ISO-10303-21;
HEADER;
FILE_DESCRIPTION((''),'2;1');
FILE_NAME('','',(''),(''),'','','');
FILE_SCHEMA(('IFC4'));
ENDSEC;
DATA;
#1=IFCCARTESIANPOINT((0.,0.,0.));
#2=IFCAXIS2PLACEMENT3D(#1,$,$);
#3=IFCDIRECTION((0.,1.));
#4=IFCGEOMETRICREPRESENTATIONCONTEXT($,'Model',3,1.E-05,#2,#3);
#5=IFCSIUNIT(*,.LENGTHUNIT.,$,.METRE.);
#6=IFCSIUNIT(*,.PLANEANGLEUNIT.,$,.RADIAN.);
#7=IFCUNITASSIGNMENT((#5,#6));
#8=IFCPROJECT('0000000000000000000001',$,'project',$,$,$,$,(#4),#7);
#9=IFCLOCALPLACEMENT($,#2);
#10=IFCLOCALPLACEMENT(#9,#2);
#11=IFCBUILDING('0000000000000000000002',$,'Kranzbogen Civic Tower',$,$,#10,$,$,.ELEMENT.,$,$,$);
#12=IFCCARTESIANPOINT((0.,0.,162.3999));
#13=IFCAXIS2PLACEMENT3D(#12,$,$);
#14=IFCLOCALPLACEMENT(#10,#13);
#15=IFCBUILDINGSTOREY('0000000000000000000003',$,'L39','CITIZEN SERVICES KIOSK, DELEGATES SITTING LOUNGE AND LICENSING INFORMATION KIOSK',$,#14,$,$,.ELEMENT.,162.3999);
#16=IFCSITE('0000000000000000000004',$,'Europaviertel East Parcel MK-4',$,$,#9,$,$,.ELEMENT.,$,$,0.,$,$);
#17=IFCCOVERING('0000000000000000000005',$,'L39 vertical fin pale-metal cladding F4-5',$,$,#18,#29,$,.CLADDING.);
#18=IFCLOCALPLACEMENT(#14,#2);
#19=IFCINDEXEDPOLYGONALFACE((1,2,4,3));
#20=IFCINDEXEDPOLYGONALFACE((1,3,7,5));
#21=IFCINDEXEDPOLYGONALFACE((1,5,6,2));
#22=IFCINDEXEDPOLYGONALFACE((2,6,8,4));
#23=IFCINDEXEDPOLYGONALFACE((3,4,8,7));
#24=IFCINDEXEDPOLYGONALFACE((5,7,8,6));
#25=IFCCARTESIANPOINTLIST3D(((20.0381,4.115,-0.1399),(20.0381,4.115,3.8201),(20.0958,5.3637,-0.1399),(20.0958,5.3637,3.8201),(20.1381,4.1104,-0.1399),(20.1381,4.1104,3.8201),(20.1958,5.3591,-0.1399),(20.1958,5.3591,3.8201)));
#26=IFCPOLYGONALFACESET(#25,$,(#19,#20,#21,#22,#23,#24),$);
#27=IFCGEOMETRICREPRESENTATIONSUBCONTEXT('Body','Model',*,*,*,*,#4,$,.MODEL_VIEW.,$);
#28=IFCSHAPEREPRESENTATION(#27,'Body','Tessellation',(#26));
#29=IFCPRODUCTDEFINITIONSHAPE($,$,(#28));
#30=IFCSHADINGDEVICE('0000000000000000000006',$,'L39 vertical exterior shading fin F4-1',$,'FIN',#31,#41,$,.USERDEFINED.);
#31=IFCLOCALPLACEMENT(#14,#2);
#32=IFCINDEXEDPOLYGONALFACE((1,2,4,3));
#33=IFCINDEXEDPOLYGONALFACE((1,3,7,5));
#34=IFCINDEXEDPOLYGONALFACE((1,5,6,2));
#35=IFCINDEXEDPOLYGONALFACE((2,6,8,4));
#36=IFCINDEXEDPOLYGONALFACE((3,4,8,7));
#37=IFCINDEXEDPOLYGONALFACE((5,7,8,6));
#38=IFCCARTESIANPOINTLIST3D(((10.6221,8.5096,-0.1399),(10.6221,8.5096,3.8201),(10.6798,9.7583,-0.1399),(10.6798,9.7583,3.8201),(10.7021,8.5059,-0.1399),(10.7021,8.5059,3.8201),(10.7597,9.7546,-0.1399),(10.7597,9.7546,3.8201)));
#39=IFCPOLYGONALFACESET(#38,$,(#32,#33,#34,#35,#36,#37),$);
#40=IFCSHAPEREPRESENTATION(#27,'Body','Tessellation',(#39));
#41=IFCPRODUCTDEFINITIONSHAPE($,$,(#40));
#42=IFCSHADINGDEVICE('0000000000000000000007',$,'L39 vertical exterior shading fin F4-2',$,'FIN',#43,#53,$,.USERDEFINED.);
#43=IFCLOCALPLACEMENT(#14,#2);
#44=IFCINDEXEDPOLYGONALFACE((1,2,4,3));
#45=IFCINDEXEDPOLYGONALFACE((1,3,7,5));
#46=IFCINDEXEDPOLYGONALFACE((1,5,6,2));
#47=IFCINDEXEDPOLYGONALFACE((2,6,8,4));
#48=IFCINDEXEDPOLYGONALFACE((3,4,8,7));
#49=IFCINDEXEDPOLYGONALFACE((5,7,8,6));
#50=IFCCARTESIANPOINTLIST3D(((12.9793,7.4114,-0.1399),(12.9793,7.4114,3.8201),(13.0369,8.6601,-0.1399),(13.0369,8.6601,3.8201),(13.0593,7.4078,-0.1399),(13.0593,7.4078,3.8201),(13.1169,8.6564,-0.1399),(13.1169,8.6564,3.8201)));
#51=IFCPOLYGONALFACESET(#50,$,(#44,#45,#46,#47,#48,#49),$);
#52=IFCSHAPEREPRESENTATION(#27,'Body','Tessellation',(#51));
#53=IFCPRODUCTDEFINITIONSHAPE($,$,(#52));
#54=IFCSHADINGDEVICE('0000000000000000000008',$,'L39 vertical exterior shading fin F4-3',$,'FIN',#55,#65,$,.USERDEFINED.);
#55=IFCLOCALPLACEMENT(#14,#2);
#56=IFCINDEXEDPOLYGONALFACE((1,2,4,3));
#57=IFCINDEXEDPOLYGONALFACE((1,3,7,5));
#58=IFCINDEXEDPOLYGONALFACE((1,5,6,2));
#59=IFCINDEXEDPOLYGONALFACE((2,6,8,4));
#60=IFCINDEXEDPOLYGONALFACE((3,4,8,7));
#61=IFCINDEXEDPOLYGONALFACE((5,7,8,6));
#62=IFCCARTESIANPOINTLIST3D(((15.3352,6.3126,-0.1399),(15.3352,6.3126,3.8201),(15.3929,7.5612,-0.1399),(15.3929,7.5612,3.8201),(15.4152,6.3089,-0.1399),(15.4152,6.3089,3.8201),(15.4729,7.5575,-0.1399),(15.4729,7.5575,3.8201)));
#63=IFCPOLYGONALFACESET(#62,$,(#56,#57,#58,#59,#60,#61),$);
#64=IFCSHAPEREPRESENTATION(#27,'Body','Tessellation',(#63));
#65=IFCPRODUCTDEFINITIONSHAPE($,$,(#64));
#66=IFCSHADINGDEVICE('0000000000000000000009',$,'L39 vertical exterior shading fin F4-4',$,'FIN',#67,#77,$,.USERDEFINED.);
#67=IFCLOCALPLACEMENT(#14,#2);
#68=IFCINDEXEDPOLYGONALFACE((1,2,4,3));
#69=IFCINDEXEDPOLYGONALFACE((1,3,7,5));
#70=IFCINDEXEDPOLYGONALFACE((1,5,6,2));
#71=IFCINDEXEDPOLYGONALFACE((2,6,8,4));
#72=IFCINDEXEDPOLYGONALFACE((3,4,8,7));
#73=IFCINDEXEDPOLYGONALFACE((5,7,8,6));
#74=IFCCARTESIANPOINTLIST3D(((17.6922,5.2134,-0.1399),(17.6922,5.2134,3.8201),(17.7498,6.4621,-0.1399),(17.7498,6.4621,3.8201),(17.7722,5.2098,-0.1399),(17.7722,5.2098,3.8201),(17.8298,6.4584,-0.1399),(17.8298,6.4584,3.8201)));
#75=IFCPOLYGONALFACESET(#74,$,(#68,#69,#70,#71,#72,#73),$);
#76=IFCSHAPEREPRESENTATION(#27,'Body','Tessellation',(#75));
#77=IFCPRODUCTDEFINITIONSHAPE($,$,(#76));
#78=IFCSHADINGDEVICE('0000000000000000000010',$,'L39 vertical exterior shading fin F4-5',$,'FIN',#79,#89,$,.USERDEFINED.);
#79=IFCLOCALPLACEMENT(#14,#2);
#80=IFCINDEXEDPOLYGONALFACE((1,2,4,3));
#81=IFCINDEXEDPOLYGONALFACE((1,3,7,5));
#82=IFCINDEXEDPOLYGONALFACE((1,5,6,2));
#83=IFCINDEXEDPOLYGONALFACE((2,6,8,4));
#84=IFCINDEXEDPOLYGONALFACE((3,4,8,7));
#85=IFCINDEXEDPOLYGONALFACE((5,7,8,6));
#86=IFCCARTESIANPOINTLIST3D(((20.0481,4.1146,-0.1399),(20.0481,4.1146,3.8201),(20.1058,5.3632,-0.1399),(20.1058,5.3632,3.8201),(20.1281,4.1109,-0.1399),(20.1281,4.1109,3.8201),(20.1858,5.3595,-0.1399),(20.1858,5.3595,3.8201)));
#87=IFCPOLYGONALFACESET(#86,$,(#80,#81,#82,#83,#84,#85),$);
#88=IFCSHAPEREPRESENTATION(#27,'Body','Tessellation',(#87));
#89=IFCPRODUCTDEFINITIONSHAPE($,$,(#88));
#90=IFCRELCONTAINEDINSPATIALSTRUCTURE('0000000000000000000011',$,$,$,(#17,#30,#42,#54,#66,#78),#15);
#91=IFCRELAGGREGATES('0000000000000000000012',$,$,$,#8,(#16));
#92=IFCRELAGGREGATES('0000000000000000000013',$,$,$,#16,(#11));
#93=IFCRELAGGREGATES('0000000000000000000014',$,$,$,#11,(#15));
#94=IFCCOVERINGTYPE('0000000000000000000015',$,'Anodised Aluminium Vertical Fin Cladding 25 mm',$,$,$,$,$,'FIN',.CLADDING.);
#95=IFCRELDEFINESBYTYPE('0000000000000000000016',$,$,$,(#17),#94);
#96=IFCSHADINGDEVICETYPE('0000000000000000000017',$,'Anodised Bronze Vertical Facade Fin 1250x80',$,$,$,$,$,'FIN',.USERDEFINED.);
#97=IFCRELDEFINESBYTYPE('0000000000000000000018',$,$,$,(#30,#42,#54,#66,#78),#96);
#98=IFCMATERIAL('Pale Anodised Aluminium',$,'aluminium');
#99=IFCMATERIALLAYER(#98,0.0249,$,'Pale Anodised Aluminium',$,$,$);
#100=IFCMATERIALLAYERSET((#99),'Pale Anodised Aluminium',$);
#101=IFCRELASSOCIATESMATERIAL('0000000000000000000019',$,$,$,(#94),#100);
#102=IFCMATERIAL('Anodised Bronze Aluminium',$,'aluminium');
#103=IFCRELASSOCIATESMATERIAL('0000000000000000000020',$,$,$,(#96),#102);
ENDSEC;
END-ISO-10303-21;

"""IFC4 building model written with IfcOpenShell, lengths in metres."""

from ifc_helpers import new_model, si_unit, direction, frame, origin, origin_2d, place, context, subcontext, project, spatial, rectangle, extrude, material, layer, layer_set, type_object, element, save


model = new_model("IFC4")

# Units and contexts
model_context = context("Model", 3, precision=1e-05, world=origin(), true_north=direction((0.0, 1.0)))
body_context = subcontext(model_context, "Body", "Model", "MODEL_VIEW")
ifc_project = project(units=[si_unit("LENGTHUNIT", "METRE"), si_unit("PLANEANGLEUNIT", "RADIAN")], contexts=[model_context])

# Site, building, storey
site_placement = place(None, origin())
site = spatial("IfcSite", under=ifc_project, at=site_placement, Name="Europaviertel East Parcel MK-4", CompositionType="ELEMENT", RefElevation=0.0)
building_placement = place(site_placement, origin())
building = spatial("IfcBuilding", under=site, at=building_placement, Name="Kranzbogen Civic Tower", CompositionType="ELEMENT")
storey_placement = place(building_placement, frame((0.0, 0.0, 162.3999)))
storey = spatial("IfcBuildingStorey", under=building, at=storey_placement, Name="L39", Description="CITIZEN SERVICES KIOSK, DELEGATES SITTING LOUNGE AND LICENSING INFORMATION KIOSK", CompositionType="ELEMENT", Elevation=162.3999)

# Shared definitions
ifc_material_1 = material(Name="Pale Anodised Aluminium", Category="aluminium")

# Covering
ifc_layer_1 = layer(ifc_material_1, 0.0249, Name="Pale Anodised Aluminium")
ifc_layer_set_1 = layer_set([ifc_layer_1], Name="Pale Anodised Aluminium")
covering_type_1 = type_object("IfcCoveringType", Name="Anodised Aluminium Vertical Fin Cladding 25 mm", ElementType="FIN", PredefinedType="CLADDING", material=ifc_layer_set_1)
for number, where, z_axis, x_axis, name in (
    (1, (20.1169, 4.7371, -0.1399), (0.0, 0.0, 1.0), (-0.04613, -0.998935, 0.0), "L39 vertical fin pale-metal cladding F4-5"),
):
    element("IfcCovering", number, at=place(storey_placement, frame(where, z_axis=z_axis, x_axis=x_axis)), inside=storey, type_object=covering_type_1, Name=name, PredefinedType="CLADDING", context=body_context, shape_type="SweptSolid", body=[
        extrude(rectangle(XDim=1.25, YDim=0.1001, at=origin_2d()), origin(), (0.0, 0.0, 1.0), 3.96),
    ])

# Shading devices
ifc_material_2 = material(Name="Anodised Bronze Aluminium", Category="aluminium")
shading_device_type = type_object("IfcShadingDeviceType", Name="Anodised Bronze Vertical Facade Fin 1250x80", ElementType="FIN", PredefinedType="USERDEFINED", material=ifc_material_2)
for number, where, z_axis, x_axis, name in (
    (2, (10.6909, 9.1321, -0.1399), (0.0, 0.0, 1.0), (-0.04613, -0.998935, 0.0), "L39 vertical exterior shading fin F4-1"),
    (3, (13.0481, 8.0339, -0.1399), (0.0, 0.0, 1.0), (-0.04613, -0.998935, 0.0), "L39 vertical exterior shading fin F4-2"),
    (4, (15.4041, 6.9351, -0.1399), (0.0, 0.0, 1.0), (-0.04613, -0.998935, 0.0), "L39 vertical exterior shading fin F4-3"),
    (5, (17.761, 5.8359, -0.1399), (0.0, 0.0, 1.0), (-0.04613, -0.998935, 0.0), "L39 vertical exterior shading fin F4-4"),
    (6, (20.1169, 4.7371, -0.1399), (0.0, 0.0, 1.0), (-0.04613, -0.998935, 0.0), "L39 vertical exterior shading fin F4-5"),
):
    element("IfcShadingDevice", number, at=place(storey_placement, frame(where, z_axis=z_axis, x_axis=x_axis)), inside=storey, type_object=shading_device_type, Name=name, ObjectType="FIN", PredefinedType="USERDEFINED", context=body_context, shape_type="SweptSolid", body=[
        extrude(rectangle(XDim=1.25, YDim=0.0801, at=origin_2d()), origin(), (0.0, 0.0, 1.0), 3.96),
    ])

save(model, "model.ifc")
